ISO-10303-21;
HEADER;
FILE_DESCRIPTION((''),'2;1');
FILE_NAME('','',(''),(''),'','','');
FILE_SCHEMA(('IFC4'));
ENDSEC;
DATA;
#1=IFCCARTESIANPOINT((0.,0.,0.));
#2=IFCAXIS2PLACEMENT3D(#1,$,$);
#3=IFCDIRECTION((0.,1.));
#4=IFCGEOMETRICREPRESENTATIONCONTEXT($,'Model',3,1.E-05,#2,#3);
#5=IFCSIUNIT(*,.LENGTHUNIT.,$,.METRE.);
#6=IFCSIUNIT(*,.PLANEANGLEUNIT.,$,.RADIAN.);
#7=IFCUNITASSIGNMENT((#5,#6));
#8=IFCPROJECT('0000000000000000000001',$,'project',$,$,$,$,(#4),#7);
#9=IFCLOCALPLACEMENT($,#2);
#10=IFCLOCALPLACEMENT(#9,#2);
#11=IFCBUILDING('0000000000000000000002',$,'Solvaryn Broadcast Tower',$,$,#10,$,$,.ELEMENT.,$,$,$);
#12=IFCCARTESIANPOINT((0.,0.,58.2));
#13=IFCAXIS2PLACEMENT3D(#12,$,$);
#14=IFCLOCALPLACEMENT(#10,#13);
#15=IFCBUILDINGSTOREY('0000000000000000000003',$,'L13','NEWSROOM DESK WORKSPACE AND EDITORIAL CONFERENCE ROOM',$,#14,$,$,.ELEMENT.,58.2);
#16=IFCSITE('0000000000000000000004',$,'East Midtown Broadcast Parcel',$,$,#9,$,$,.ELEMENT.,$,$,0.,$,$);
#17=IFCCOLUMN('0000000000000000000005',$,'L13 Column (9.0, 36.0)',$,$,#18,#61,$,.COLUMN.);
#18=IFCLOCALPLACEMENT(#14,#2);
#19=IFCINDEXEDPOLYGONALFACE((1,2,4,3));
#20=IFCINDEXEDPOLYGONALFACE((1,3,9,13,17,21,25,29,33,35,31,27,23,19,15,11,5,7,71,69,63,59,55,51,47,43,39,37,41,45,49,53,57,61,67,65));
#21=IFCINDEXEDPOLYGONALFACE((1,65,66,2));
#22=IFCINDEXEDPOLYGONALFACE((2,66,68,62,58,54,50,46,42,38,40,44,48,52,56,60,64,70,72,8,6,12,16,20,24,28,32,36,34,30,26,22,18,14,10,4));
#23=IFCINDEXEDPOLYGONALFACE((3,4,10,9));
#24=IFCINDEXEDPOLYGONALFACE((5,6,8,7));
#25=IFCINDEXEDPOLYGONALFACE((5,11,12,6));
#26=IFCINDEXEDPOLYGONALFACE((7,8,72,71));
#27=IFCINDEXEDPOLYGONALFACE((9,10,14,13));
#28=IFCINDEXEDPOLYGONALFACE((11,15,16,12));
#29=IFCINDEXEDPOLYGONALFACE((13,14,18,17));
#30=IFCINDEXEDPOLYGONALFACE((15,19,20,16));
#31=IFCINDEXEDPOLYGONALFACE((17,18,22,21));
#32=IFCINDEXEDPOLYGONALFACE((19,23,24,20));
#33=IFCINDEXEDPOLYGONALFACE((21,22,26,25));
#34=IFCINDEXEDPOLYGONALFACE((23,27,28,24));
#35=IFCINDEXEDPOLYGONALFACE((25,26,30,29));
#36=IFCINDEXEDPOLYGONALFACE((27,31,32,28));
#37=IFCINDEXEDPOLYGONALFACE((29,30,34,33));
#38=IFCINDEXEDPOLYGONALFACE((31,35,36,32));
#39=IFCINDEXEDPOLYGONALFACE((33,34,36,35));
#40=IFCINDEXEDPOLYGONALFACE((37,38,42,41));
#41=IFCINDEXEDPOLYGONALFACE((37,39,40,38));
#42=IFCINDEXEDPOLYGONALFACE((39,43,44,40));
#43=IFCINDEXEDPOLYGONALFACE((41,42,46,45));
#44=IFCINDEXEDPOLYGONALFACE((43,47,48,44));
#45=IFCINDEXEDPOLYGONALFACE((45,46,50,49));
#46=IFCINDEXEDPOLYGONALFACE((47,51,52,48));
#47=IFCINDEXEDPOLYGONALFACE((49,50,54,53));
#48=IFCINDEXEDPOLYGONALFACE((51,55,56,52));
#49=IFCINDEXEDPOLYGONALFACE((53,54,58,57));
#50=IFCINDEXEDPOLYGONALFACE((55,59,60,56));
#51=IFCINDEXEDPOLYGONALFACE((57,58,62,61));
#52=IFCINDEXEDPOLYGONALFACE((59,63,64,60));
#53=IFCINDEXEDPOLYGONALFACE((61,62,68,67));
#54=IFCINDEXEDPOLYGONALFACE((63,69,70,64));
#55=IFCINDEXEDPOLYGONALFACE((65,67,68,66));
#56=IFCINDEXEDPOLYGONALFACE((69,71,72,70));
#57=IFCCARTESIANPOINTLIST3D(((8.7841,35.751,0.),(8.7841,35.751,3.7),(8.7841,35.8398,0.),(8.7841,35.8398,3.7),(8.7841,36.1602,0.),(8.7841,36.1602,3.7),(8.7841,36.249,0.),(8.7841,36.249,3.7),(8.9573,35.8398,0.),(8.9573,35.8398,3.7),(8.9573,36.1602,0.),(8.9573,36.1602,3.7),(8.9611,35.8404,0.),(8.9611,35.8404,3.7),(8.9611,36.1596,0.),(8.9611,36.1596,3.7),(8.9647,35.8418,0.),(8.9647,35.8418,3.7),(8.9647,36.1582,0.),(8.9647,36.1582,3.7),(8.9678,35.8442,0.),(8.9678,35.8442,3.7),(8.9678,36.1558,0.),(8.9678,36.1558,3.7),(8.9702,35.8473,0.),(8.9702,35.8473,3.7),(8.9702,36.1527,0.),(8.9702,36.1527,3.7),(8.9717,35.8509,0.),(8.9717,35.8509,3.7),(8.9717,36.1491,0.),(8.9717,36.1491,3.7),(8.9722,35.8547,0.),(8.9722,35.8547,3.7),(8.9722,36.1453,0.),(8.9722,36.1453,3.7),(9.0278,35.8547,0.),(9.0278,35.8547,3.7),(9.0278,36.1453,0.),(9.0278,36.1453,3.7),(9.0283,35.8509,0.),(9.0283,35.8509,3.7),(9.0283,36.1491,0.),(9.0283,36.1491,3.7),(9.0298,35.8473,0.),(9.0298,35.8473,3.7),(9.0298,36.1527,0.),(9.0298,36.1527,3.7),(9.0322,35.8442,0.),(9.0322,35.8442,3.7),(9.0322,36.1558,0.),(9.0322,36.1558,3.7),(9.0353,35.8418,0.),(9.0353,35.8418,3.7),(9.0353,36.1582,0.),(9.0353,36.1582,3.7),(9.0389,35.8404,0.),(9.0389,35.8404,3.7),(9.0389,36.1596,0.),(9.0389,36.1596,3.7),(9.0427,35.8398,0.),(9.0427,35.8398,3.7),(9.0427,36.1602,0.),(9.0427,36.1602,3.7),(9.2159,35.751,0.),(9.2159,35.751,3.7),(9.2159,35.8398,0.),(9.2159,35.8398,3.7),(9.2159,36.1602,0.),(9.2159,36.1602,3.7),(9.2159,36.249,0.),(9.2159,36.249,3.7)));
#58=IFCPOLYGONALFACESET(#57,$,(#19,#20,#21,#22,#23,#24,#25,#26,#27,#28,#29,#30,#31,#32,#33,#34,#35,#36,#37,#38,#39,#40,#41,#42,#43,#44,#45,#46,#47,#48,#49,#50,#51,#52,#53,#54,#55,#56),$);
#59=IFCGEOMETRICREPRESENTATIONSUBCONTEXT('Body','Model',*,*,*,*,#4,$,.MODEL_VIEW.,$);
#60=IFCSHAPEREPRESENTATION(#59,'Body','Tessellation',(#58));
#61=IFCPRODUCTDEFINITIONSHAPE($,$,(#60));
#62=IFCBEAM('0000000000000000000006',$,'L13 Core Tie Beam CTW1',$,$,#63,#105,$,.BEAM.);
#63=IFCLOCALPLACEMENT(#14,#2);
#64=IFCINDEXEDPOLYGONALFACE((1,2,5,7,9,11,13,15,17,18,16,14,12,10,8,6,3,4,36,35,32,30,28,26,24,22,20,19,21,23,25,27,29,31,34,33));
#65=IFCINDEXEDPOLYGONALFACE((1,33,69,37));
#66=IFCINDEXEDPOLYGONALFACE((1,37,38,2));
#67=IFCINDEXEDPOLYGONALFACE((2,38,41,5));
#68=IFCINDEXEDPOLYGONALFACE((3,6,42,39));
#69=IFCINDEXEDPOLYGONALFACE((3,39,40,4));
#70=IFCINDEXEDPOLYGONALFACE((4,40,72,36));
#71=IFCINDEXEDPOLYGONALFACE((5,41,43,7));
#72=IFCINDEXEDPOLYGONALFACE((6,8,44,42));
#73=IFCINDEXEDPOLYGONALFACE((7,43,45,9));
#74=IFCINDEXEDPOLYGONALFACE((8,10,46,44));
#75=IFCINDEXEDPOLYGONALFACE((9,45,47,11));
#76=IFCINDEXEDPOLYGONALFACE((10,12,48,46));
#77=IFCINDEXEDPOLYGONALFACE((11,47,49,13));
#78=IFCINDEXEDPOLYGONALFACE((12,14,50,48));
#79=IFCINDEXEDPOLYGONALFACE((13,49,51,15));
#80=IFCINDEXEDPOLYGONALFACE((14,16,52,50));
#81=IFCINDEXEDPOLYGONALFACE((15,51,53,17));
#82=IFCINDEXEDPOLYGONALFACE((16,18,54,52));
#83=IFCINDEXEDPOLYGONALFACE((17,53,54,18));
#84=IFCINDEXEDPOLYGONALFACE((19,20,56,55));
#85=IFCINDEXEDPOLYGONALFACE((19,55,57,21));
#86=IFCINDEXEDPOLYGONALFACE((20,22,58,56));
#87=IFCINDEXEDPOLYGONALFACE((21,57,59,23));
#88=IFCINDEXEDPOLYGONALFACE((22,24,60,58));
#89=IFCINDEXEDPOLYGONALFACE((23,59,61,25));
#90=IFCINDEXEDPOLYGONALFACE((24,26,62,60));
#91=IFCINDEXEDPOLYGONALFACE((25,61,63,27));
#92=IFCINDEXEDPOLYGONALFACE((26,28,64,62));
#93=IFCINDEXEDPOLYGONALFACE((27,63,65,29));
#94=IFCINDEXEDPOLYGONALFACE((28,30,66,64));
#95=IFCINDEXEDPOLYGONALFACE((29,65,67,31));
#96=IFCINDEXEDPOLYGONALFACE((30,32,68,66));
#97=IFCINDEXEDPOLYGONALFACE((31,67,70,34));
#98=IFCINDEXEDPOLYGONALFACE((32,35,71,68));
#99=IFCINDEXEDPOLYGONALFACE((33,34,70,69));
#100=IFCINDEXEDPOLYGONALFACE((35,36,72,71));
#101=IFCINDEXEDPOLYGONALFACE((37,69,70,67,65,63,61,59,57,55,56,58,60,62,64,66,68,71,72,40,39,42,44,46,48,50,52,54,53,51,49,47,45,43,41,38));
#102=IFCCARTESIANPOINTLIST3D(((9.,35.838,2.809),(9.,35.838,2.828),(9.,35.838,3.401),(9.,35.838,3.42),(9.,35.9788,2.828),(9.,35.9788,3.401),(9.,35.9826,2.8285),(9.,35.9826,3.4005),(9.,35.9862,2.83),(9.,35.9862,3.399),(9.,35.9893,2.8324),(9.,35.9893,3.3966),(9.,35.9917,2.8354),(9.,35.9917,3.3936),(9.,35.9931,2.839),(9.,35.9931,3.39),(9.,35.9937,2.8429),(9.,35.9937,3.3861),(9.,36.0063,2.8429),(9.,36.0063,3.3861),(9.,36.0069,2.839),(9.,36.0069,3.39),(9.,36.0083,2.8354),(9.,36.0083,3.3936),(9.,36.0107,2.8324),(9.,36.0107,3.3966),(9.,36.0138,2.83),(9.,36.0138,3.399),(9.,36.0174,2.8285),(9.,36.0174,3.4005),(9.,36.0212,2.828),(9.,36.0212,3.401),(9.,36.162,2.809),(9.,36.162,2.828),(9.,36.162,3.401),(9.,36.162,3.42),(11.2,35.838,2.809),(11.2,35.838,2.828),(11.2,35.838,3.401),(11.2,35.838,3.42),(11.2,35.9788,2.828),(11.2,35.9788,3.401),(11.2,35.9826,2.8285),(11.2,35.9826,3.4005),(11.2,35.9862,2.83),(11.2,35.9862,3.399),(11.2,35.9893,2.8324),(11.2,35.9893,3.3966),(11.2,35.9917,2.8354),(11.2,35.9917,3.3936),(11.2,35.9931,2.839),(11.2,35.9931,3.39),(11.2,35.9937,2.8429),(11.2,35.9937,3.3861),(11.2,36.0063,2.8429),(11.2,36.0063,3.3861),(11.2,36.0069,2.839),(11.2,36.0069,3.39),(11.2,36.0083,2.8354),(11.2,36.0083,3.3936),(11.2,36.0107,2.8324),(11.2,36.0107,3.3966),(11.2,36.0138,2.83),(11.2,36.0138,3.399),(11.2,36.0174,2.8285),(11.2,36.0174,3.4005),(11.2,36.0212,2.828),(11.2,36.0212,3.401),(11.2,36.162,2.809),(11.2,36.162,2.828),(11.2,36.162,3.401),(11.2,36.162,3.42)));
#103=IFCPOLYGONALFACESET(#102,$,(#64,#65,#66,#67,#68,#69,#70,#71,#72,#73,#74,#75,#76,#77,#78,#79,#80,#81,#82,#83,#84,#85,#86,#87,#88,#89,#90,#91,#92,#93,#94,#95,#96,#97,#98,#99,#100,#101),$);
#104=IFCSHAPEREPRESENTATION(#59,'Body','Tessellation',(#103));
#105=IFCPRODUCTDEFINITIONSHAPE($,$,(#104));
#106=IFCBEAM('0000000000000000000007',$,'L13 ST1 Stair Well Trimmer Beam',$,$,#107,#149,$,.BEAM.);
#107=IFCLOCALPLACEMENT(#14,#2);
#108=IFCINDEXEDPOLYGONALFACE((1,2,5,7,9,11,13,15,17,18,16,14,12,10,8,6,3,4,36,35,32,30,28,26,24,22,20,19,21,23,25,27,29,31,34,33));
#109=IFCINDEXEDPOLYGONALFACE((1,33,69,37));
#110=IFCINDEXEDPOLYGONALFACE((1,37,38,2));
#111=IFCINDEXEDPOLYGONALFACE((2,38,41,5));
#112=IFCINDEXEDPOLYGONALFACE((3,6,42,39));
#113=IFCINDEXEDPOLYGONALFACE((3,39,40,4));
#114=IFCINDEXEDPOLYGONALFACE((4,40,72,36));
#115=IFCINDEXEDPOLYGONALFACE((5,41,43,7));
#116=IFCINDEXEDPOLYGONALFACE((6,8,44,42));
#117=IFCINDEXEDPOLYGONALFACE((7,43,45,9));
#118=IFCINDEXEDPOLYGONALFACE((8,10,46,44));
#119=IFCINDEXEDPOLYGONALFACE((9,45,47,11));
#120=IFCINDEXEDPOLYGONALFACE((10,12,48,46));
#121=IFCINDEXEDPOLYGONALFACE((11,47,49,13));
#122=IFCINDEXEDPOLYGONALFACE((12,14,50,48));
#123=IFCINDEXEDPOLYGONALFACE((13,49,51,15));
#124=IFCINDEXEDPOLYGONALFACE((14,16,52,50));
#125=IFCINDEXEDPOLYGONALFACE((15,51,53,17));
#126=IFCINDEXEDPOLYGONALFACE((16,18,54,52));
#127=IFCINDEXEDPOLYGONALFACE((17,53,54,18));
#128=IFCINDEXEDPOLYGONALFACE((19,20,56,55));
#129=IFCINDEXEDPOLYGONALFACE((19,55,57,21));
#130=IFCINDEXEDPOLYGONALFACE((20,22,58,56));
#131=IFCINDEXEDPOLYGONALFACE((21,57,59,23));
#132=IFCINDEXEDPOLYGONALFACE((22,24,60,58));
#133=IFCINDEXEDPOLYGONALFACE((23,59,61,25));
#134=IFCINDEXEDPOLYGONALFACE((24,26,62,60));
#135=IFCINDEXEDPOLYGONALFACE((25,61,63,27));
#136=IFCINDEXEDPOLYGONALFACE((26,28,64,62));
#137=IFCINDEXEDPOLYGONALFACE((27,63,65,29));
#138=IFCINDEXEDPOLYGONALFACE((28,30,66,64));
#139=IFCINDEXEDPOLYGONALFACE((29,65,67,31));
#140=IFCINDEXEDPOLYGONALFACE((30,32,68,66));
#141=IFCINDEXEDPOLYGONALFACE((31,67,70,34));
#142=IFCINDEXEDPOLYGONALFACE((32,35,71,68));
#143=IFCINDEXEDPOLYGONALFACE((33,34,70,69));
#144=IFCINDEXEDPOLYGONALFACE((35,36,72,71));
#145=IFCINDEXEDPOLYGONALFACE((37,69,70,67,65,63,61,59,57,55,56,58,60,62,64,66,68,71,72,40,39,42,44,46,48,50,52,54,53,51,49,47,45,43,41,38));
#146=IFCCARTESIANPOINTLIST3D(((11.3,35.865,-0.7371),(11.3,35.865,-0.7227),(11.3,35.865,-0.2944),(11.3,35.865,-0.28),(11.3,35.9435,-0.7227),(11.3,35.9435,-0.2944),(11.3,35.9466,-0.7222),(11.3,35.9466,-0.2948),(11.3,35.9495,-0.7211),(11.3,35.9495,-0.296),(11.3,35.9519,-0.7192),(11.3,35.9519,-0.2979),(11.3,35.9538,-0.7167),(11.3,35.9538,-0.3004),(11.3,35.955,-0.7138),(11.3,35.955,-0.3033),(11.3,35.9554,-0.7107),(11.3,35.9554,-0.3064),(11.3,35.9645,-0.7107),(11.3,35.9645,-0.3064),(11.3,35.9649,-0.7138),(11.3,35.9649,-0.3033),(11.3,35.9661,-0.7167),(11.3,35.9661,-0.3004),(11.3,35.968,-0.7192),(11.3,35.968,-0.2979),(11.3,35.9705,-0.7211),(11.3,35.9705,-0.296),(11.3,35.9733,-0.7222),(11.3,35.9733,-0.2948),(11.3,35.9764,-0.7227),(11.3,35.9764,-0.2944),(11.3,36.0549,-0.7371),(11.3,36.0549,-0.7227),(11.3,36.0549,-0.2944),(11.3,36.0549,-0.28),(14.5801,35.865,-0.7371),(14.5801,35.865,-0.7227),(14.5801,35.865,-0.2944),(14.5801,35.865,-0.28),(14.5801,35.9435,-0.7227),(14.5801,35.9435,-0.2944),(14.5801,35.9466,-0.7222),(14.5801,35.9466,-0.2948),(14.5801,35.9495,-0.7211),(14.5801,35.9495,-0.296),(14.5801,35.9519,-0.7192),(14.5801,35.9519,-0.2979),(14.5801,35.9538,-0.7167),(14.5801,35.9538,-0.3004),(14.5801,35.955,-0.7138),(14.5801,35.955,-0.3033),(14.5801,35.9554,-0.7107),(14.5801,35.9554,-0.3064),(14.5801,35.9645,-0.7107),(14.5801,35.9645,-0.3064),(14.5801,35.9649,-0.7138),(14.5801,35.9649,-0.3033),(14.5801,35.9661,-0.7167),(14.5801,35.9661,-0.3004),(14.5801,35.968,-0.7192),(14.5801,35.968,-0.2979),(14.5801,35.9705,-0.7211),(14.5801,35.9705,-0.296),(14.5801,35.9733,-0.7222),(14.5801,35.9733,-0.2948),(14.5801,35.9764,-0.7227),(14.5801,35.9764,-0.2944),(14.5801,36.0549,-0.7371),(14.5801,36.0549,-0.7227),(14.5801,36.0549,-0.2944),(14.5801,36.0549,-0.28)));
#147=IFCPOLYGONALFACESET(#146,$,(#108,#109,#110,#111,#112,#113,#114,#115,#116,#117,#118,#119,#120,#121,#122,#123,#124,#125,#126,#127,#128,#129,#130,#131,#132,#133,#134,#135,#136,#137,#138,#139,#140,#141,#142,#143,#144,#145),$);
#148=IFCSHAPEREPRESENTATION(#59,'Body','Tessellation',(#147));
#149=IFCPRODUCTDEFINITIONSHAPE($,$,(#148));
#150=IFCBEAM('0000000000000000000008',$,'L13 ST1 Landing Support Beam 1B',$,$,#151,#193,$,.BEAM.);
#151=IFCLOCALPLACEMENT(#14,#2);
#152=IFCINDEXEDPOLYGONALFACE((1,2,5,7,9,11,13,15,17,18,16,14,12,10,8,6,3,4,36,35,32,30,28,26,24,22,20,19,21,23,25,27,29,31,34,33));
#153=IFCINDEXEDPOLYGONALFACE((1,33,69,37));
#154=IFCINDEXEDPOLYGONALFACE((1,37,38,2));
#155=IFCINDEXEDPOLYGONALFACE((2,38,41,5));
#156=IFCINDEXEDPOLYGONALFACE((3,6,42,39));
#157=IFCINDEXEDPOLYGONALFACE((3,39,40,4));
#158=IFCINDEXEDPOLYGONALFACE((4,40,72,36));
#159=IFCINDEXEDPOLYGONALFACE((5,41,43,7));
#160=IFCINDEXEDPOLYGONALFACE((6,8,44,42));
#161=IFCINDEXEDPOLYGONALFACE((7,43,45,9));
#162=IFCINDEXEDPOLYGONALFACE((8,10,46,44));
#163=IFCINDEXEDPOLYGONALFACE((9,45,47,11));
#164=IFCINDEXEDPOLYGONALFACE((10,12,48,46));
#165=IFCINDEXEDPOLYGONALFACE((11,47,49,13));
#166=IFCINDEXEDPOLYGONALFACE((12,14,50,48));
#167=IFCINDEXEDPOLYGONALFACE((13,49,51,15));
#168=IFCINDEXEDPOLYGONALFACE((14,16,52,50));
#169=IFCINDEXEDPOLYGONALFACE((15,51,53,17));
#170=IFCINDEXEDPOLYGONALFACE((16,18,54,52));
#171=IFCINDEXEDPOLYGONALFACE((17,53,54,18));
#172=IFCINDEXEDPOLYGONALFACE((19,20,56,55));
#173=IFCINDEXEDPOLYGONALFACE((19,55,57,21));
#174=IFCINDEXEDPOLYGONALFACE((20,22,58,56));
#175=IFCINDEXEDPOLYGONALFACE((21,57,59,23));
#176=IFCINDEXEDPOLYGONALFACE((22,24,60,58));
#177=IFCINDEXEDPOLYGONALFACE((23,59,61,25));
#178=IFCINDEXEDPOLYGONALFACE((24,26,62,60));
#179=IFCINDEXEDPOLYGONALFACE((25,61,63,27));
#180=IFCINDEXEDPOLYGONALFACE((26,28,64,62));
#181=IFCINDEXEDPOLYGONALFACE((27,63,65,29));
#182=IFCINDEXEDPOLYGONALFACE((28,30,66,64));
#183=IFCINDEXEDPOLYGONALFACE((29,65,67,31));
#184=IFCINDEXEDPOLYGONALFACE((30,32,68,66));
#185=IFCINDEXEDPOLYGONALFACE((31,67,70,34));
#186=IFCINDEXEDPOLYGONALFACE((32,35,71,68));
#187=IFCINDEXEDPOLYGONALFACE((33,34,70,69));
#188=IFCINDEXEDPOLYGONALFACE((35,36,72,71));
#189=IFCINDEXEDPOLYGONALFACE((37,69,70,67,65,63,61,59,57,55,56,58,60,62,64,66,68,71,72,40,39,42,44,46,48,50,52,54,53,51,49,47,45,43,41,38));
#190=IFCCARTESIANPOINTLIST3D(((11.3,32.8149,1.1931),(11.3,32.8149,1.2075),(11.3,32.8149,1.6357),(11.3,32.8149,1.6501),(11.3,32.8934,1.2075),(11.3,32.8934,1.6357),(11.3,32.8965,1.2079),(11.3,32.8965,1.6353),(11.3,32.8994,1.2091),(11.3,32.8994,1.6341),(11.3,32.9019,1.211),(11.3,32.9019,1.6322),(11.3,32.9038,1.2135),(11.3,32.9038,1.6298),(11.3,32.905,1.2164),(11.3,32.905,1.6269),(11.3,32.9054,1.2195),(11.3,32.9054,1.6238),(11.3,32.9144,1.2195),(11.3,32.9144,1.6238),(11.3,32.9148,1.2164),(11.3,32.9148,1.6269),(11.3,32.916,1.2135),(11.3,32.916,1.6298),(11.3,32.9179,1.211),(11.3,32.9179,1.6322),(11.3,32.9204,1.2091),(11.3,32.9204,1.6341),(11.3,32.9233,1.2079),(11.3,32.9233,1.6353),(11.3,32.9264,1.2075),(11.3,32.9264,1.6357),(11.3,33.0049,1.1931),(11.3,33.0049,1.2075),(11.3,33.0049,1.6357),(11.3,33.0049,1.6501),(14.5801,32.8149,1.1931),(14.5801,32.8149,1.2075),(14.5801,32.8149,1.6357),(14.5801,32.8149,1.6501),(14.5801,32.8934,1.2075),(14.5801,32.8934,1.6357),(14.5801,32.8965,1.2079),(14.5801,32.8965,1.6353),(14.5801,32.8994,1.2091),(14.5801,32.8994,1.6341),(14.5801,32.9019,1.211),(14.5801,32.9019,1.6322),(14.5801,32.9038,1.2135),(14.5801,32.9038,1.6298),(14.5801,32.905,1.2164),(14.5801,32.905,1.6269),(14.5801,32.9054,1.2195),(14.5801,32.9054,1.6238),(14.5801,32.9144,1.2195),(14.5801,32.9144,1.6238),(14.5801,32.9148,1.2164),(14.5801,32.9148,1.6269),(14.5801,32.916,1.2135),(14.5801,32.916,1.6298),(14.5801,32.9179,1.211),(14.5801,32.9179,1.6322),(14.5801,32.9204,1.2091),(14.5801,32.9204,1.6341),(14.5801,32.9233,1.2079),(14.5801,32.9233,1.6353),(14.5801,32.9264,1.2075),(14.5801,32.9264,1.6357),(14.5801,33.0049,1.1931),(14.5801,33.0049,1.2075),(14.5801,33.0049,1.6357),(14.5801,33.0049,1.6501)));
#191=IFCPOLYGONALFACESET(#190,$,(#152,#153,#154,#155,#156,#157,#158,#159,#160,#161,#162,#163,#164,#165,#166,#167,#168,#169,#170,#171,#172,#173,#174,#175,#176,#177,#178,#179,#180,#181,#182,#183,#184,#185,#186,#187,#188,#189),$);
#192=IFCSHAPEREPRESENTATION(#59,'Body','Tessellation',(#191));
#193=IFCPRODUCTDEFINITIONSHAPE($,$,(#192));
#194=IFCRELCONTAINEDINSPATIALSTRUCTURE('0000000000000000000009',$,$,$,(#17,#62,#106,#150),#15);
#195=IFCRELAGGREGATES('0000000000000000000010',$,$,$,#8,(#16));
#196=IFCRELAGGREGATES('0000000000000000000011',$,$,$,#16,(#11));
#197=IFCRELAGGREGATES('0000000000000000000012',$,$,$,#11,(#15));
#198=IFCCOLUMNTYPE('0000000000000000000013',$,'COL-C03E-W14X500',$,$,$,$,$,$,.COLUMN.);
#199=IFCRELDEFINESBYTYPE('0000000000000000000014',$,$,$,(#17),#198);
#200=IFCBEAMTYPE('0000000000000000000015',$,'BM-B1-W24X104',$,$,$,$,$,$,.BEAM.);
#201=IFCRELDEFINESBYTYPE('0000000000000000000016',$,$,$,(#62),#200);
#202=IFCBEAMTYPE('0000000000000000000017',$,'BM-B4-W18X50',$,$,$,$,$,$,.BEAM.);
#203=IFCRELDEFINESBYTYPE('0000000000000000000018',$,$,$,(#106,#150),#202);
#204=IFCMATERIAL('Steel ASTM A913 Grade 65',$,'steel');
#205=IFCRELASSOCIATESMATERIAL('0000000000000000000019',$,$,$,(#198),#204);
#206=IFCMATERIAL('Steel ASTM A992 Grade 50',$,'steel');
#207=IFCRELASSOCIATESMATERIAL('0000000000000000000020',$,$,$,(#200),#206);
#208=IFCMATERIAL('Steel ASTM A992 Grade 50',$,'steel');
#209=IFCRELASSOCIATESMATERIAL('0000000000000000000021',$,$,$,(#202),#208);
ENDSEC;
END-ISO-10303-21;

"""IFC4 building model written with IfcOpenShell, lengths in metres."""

from ifc_helpers import new_model, si_unit, direction, frame, origin, origin_2d, place, context, subcontext, project, spatial, i_section, extrude, material, material_profile, profile_set, type_object, element, save


model = new_model("IFC4")

# Units and contexts
model_context = context("Model", 3, precision=1e-05, world=origin(), true_north=direction((0.0, 1.0)))
body_context = subcontext(model_context, "Body", "Model", "MODEL_VIEW")
ifc_project = project(units=[si_unit("LENGTHUNIT", "METRE"), si_unit("PLANEANGLEUNIT", "RADIAN")], contexts=[model_context])

# Site, building, storey
site_placement = place(None, origin())
site = spatial("IfcSite", under=ifc_project, at=site_placement, Name="East Midtown Broadcast Parcel", CompositionType="ELEMENT", RefElevation=0.0)
building_placement = place(site_placement, origin())
building = spatial("IfcBuilding", under=site, at=building_placement, Name="Solvaryn Broadcast Tower", CompositionType="ELEMENT")
storey_placement = place(building_placement, frame((0.0, 0.0, 58.2)))
storey = spatial("IfcBuildingStorey", under=building, at=storey_placement, Name="L13", Description="NEWSROOM DESK WORKSPACE AND EDITORIAL CONFERENCE ROOM", CompositionType="ELEMENT", Elevation=58.2)

# Column
ifc_material_1 = material(Name="Steel ASTM A913 Grade 65", Category="steel")
ifc_material_profile_1 = material_profile(ifc_material_1, i_section(OverallWidth=0.4319, OverallDepth=0.498, WebThickness=0.0557, FlangeThickness=0.0889, FilletRadius=0.0149, at=origin_2d()))
ifc_profile_set_1 = profile_set([ifc_material_profile_1], Name="Steel ASTM A913 Grade 65")
column_type = type_object("IfcColumnType", Name="COL-C03E-W14X500", PredefinedType="COLUMN", material=ifc_profile_set_1)
column_placement = place(storey_placement, frame((9.0, 36.0, 0.0), z_axis=(0.0, 0.0, 1.0), x_axis=(1.0, 0.0, 0.0)))
element("IfcColumn", 1, at=column_placement, inside=storey, type_object=column_type, Name="L13 Column (9.0, 36.0)", PredefinedType="COLUMN", context=body_context, shape_type="SweptSolid", body=[
    extrude(i_section(OverallWidth=0.4319, OverallDepth=0.498, WebThickness=0.0557, FlangeThickness=0.0889, FilletRadius=0.0149, at=origin_2d()), origin(), (0.0, 0.0, 1.0), 3.7),
])

# Beams
ifc_material_2 = material(Name="Steel ASTM A992 Grade 50", Category="steel")
ifc_material_profile_2 = material_profile(ifc_material_2, i_section(OverallWidth=0.324, OverallDepth=0.6111, WebThickness=0.0127, FlangeThickness=0.019, FilletRadius=0.0149, at=origin_2d()))
ifc_profile_set_2 = profile_set([ifc_material_profile_2], Name="Steel ASTM A992 Grade 50")
beam_type_1 = type_object("IfcBeamType", Name="BM-B1-W24X104", PredefinedType="BEAM", material=ifc_profile_set_2)
beam_1_placement = place(storey_placement, frame((9.0, 36.0, 3.1145), z_axis=(1.0, 0.0, 0.0), x_axis=(0.0, 1.0, 0.0)))
element("IfcBeam", 2, at=beam_1_placement, inside=storey, type_object=beam_type_1, Name="L13 Core Tie Beam CTW1", PredefinedType="BEAM", context=body_context, shape_type="SweptSolid", body=[
    extrude(i_section(OverallWidth=0.324, OverallDepth=0.6111, WebThickness=0.0127, FlangeThickness=0.019, FilletRadius=0.0149, at=origin_2d()), origin(), (0.0, 0.0, 1.0), 2.2),
])
ifc_material_3 = material(Name="Steel ASTM A992 Grade 50", Category="steel")
ifc_material_profile_3 = material_profile(ifc_material_3, i_section(OverallWidth=0.1899, OverallDepth=0.457, WebThickness=0.009, FlangeThickness=0.0144, FilletRadius=0.012, at=origin_2d()))
ifc_profile_set_3 = profile_set([ifc_material_profile_3], Name="Steel ASTM A992 Grade 50")
beam_type_2 = type_object("IfcBeamType", Name="BM-B4-W18X50", PredefinedType="BEAM", material=ifc_profile_set_3)
for number, where, z_axis, x_axis, name in (
    (3, (11.3, 35.96, -0.5085), (1.0, 0.0, 0.0), (0.0, 1.0, 0.0), "L13 ST1 Stair Well Trimmer Beam"),
    (4, (11.3, 32.9099, 1.4216), (1.0, 0.0, 0.0), (0.0, 1.0, 0.0), "L13 ST1 Landing Support Beam 1B"),
):
    element("IfcBeam", number, at=place(storey_placement, frame(where, z_axis=z_axis, x_axis=x_axis)), inside=storey, type_object=beam_type_2, Name=name, PredefinedType="BEAM", context=body_context, shape_type="SweptSolid", body=[
        extrude(i_section(OverallWidth=0.1899, OverallDepth=0.457, WebThickness=0.009, FlangeThickness=0.0144, FilletRadius=0.012, at=origin_2d()), origin(), (0.0, 0.0, 1.0), 3.28),
    ])

save(model, "model.ifc")
